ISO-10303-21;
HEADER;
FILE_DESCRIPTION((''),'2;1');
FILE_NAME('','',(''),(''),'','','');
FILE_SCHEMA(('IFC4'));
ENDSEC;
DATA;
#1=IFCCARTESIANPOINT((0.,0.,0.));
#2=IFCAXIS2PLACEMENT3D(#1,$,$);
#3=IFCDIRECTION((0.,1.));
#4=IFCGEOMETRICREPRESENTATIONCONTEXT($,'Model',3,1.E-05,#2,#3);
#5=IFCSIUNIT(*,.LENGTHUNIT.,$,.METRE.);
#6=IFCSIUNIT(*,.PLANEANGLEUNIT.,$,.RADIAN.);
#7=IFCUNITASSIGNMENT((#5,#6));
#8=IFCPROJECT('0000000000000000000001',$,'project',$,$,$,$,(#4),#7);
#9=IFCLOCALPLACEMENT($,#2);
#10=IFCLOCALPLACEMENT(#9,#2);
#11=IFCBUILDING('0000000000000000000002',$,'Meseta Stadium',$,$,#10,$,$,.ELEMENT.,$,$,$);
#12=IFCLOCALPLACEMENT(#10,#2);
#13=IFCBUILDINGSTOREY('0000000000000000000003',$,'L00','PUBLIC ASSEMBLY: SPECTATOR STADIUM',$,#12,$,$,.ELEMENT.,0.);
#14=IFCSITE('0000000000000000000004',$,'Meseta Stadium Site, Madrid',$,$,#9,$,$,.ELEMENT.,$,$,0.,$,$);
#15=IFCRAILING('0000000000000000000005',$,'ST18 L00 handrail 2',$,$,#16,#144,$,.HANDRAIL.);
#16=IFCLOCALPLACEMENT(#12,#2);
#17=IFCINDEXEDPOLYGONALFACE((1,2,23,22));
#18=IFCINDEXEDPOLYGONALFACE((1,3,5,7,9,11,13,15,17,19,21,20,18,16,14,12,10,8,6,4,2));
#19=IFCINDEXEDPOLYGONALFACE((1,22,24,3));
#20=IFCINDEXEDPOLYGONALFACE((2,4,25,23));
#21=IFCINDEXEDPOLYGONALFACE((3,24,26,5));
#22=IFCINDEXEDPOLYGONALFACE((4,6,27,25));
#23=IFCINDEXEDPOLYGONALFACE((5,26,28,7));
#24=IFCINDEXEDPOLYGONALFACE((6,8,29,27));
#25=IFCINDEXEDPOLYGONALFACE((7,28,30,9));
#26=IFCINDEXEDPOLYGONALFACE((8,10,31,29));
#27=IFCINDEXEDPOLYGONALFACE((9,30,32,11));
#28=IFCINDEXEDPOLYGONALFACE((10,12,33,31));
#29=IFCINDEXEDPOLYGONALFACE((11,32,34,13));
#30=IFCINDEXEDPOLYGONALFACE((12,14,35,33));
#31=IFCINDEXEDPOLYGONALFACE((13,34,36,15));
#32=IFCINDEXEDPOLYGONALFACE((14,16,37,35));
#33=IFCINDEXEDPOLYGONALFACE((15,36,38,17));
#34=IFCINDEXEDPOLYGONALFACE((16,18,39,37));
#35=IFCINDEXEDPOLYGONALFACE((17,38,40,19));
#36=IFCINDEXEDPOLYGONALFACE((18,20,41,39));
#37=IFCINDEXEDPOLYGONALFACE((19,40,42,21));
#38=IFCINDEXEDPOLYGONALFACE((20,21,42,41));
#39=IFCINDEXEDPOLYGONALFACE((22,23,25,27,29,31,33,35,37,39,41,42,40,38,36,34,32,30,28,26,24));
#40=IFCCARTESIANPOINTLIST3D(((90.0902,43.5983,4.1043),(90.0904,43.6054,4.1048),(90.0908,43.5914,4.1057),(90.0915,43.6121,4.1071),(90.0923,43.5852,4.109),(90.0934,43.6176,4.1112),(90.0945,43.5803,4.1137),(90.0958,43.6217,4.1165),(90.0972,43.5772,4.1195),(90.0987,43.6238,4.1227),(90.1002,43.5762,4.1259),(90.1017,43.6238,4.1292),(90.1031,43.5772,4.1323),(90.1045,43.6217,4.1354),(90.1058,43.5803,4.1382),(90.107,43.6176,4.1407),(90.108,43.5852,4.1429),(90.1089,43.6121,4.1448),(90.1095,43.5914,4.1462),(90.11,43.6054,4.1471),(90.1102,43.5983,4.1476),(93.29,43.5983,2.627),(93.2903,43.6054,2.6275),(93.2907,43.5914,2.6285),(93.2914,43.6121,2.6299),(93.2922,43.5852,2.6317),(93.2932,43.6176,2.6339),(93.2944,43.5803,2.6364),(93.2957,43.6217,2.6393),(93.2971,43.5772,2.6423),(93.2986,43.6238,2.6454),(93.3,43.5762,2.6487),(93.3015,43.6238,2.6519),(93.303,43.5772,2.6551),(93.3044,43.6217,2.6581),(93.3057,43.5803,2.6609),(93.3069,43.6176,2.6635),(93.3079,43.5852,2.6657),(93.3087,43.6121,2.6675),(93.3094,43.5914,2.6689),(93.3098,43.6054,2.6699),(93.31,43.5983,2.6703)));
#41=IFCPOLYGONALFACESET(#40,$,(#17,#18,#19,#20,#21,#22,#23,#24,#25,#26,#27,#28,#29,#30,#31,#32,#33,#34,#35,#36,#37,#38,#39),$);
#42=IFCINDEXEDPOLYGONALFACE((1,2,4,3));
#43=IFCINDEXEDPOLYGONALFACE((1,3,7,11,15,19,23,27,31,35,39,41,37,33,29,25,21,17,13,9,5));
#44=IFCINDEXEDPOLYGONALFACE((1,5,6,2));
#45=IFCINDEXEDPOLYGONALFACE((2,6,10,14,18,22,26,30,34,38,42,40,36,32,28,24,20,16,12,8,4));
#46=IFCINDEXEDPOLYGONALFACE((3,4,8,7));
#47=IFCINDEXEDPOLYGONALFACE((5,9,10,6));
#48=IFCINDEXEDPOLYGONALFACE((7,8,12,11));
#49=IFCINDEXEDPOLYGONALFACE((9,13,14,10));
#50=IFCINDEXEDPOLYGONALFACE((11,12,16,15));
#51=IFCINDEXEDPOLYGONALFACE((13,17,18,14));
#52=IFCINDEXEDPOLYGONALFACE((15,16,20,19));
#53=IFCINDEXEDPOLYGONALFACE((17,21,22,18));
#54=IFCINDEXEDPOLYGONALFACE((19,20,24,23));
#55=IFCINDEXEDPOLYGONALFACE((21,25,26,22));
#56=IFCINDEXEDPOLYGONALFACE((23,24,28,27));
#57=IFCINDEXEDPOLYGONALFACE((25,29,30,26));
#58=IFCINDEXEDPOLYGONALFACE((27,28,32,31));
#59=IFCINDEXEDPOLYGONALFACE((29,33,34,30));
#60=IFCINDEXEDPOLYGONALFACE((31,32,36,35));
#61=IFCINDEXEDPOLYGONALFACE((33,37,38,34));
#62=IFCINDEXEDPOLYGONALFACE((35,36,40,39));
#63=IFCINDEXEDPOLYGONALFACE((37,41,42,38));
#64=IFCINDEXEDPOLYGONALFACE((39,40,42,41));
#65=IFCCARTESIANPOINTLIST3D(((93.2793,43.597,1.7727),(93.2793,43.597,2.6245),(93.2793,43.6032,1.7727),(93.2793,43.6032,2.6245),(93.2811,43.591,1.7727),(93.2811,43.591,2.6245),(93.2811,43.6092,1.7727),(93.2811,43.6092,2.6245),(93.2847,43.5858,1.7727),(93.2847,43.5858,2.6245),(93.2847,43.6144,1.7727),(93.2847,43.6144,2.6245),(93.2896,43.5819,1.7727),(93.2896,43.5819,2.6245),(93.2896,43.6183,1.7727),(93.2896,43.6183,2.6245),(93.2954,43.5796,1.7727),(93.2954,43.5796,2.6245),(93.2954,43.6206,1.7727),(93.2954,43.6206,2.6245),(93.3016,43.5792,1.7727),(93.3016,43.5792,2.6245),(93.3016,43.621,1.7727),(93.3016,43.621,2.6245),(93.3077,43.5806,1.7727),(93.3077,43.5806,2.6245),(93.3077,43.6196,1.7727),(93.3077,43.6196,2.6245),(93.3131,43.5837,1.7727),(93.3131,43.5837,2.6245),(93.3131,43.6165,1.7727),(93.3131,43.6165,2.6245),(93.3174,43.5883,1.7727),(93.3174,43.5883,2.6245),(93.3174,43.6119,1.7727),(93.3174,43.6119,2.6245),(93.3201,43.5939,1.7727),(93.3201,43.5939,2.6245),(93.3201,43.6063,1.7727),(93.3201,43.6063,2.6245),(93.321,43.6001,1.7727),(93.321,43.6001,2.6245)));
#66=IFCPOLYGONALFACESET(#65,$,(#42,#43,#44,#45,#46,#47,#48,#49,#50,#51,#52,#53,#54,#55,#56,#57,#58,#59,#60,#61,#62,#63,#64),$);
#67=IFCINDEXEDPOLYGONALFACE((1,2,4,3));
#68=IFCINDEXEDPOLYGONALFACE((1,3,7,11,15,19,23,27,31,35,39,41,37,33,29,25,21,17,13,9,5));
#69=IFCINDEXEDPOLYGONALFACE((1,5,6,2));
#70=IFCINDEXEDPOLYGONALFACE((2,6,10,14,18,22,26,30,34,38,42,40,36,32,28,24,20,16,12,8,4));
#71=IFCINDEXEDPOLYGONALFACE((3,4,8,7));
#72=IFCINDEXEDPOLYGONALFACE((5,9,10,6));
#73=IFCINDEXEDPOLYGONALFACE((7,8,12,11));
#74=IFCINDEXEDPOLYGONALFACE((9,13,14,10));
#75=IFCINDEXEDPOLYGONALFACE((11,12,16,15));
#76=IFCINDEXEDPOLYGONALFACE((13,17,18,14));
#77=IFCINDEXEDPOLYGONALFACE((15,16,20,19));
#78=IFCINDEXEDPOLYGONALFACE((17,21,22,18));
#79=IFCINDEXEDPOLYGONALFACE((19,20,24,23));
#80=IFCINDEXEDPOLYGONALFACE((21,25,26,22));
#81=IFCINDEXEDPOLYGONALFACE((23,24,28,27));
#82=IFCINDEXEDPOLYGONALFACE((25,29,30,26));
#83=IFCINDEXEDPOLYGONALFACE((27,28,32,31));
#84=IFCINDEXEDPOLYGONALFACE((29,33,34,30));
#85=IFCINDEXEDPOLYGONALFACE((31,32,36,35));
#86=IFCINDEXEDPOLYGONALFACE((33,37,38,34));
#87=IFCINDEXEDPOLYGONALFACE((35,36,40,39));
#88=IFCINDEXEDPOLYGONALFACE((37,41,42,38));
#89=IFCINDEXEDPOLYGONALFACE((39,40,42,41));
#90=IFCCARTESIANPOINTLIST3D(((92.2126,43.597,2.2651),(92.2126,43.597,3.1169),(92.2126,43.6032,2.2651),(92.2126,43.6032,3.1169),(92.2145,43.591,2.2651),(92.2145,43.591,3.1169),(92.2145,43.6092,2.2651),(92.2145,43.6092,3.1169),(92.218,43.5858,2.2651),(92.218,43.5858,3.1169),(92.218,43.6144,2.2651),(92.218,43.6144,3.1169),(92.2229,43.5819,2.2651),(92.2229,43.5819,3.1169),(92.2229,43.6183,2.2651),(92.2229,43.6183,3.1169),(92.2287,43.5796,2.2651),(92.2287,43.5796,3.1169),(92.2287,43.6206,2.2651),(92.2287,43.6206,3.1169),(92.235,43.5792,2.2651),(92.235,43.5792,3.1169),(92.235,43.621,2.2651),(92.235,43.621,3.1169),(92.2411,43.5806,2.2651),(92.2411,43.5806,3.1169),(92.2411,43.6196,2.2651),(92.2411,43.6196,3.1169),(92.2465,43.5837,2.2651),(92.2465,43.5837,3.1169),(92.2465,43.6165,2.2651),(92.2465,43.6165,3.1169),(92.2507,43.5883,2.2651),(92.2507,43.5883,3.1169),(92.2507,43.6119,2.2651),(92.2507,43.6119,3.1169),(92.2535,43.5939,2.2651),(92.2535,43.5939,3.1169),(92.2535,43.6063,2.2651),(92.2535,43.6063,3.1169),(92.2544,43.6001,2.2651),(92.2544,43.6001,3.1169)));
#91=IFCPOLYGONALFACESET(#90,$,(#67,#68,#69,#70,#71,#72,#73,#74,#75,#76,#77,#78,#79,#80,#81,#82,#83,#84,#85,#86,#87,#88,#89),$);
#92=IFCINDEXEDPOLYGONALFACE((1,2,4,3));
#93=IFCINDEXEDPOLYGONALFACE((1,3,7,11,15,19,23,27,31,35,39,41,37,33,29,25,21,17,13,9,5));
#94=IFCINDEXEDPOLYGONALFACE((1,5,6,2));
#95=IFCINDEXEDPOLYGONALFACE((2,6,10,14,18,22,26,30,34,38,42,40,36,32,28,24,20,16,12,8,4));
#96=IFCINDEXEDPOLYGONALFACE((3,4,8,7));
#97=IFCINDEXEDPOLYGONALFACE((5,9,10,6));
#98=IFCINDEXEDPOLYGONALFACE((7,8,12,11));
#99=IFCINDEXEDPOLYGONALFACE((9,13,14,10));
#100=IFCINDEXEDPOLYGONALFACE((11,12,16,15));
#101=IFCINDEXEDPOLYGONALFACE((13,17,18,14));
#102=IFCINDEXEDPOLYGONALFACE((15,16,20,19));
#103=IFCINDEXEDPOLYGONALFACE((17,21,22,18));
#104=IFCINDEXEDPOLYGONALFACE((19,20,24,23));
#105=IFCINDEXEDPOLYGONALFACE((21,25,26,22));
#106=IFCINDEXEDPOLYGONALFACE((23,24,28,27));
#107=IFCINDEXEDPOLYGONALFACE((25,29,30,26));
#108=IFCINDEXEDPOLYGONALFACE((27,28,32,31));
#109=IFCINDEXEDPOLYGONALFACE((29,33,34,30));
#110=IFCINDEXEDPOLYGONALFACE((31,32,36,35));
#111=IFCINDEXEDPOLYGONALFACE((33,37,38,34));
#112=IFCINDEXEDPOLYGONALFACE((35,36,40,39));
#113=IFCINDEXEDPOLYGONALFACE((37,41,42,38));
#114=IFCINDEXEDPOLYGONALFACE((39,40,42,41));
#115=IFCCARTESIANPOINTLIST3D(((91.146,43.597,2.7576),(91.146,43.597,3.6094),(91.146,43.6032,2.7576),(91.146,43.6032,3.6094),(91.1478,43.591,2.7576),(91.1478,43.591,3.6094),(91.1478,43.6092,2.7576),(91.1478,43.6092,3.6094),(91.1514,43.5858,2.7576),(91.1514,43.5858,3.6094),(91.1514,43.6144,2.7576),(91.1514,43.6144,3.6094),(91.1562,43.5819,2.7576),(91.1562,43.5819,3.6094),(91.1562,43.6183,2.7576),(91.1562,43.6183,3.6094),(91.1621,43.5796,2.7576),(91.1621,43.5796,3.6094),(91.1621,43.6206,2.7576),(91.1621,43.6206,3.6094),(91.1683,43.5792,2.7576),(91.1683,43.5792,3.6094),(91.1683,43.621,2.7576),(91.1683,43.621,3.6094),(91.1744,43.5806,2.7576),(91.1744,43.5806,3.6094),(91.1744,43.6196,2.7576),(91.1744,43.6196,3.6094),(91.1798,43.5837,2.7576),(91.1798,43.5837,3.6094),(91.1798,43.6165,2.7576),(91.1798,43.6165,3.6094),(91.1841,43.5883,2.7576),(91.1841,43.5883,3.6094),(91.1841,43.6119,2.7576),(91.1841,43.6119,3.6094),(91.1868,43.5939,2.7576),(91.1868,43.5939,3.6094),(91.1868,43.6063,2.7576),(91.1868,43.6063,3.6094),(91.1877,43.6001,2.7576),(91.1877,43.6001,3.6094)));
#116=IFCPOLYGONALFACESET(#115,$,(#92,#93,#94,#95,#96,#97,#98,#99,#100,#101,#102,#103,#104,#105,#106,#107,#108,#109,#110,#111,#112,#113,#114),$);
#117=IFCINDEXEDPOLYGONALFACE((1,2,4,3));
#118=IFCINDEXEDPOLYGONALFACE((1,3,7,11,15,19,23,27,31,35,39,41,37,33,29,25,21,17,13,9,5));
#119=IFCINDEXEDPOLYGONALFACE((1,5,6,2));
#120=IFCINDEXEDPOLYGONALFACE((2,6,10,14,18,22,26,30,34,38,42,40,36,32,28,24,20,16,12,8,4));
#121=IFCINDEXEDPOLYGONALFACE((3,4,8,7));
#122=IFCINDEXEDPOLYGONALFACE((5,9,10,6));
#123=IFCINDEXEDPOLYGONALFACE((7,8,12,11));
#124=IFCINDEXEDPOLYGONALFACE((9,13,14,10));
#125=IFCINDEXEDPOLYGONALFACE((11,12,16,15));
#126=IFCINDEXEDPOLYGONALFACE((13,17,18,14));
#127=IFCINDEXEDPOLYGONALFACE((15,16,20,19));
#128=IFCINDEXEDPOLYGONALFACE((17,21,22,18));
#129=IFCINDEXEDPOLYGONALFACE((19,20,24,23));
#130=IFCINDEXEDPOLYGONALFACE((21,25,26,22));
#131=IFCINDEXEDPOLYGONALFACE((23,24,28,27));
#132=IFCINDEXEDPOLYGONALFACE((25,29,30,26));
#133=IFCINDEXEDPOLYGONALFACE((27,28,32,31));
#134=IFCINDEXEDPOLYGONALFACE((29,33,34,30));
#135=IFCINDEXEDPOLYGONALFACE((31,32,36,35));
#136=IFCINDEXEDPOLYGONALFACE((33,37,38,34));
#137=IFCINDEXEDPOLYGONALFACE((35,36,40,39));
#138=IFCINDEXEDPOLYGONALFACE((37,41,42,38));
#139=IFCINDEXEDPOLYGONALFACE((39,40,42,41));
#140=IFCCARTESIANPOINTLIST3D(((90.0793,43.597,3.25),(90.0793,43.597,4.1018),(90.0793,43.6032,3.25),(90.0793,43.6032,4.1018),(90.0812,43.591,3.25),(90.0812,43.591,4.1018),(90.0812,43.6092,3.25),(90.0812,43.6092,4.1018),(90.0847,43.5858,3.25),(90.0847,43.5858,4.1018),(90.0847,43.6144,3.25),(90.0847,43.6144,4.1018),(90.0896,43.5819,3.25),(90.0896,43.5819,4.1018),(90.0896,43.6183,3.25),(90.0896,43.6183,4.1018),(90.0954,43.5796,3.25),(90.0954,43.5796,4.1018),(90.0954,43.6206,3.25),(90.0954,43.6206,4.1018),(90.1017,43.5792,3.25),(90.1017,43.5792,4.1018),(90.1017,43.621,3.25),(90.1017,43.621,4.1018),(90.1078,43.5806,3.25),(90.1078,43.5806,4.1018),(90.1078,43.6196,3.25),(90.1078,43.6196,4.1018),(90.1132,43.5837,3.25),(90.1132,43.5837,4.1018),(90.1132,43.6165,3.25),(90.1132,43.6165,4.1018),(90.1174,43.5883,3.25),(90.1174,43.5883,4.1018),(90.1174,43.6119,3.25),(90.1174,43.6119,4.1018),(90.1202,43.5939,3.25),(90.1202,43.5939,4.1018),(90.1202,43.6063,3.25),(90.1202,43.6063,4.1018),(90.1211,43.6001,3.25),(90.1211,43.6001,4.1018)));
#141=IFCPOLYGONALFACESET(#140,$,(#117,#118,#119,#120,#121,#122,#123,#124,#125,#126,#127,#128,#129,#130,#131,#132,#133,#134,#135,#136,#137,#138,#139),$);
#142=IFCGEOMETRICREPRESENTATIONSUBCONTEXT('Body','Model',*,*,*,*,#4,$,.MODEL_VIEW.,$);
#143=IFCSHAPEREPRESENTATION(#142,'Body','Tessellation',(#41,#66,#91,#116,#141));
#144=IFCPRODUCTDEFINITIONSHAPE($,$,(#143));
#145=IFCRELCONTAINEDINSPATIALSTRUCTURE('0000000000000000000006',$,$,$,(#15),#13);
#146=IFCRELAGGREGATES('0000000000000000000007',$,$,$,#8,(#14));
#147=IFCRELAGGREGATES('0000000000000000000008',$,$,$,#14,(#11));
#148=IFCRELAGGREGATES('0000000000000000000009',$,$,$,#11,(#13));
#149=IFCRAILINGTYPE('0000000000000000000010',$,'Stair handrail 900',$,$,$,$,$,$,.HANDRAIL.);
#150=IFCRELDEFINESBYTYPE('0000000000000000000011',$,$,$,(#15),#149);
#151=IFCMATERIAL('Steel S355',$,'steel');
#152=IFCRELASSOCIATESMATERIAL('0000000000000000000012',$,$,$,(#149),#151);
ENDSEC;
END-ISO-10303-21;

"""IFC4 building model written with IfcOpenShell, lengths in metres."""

from ifc_helpers import new_model, si_unit, direction, frame, origin, origin_2d, place, context, subcontext, project, spatial, circle, extrude, material, type_object, element, save


model = new_model("IFC4")

# Units and contexts
model_context = context("Model", 3, precision=1e-05, world=origin(), true_north=direction((0.0, 1.0)))
body_context = subcontext(model_context, "Body", "Model", "MODEL_VIEW")
ifc_project = project(units=[si_unit("LENGTHUNIT", "METRE"), si_unit("PLANEANGLEUNIT", "RADIAN")], contexts=[model_context])

# Site, building, storey
site_placement = place(None, origin())
site = spatial("IfcSite", under=ifc_project, at=site_placement, Name="Meseta Stadium Site, Madrid", CompositionType="ELEMENT", RefElevation=0.0)
building_placement = place(site_placement, origin())
building = spatial("IfcBuilding", under=site, at=building_placement, Name="Meseta Stadium", CompositionType="ELEMENT")
storey_placement = place(building_placement, origin())
storey = spatial("IfcBuildingStorey", under=building, at=storey_placement, Name="L00", Description="PUBLIC ASSEMBLY: SPECTATOR STADIUM", CompositionType="ELEMENT", Elevation=0.0)

# Railing
ifc_material_1 = material(Name="Steel S355", Category="steel")
railing_type_1 = type_object("IfcRailingType", Name="Stair handrail 900", PredefinedType="HANDRAIL", material=ifc_material_1)
for number, where, name in (
    (1, (93.3, 43.6001, 1.7727), "ST18 L00 handrail 2"),
):
    element("IfcRailing", number, at=place(storey_placement, frame(where)), inside=storey, type_object=railing_type_1, Name=name, PredefinedType="HANDRAIL", context=body_context, shape_type="SweptSolid", body=[
        extrude(circle(Radius=0.0239, at=origin_2d()), frame((0.0, 0.0, 0.876), z_axis=(-0.907917, 0.0, 0.41915), x_axis=(0.0, -1.0, 0.0)), (0.0, 0.0, 1.0), 3.5244),
        extrude(circle(Radius=0.021, at=origin_2d()), origin(), (0.0, 0.0, 1.0), 0.8518),
        extrude(circle(Radius=0.021, at=origin_2d()), frame((-1.0667, 0.0, 0.4924)), (0.0, 0.0, 1.0), 0.8518),
        extrude(circle(Radius=0.021, at=origin_2d()), frame((-2.1333, 0.0, 0.9849)), (0.0, 0.0, 1.0), 0.8518),
        extrude(circle(Radius=0.021, at=origin_2d()), frame((-3.2, 0.0, 1.4773)), (0.0, 0.0, 1.0), 0.8518),
    ])

save(model, "model.ifc")
